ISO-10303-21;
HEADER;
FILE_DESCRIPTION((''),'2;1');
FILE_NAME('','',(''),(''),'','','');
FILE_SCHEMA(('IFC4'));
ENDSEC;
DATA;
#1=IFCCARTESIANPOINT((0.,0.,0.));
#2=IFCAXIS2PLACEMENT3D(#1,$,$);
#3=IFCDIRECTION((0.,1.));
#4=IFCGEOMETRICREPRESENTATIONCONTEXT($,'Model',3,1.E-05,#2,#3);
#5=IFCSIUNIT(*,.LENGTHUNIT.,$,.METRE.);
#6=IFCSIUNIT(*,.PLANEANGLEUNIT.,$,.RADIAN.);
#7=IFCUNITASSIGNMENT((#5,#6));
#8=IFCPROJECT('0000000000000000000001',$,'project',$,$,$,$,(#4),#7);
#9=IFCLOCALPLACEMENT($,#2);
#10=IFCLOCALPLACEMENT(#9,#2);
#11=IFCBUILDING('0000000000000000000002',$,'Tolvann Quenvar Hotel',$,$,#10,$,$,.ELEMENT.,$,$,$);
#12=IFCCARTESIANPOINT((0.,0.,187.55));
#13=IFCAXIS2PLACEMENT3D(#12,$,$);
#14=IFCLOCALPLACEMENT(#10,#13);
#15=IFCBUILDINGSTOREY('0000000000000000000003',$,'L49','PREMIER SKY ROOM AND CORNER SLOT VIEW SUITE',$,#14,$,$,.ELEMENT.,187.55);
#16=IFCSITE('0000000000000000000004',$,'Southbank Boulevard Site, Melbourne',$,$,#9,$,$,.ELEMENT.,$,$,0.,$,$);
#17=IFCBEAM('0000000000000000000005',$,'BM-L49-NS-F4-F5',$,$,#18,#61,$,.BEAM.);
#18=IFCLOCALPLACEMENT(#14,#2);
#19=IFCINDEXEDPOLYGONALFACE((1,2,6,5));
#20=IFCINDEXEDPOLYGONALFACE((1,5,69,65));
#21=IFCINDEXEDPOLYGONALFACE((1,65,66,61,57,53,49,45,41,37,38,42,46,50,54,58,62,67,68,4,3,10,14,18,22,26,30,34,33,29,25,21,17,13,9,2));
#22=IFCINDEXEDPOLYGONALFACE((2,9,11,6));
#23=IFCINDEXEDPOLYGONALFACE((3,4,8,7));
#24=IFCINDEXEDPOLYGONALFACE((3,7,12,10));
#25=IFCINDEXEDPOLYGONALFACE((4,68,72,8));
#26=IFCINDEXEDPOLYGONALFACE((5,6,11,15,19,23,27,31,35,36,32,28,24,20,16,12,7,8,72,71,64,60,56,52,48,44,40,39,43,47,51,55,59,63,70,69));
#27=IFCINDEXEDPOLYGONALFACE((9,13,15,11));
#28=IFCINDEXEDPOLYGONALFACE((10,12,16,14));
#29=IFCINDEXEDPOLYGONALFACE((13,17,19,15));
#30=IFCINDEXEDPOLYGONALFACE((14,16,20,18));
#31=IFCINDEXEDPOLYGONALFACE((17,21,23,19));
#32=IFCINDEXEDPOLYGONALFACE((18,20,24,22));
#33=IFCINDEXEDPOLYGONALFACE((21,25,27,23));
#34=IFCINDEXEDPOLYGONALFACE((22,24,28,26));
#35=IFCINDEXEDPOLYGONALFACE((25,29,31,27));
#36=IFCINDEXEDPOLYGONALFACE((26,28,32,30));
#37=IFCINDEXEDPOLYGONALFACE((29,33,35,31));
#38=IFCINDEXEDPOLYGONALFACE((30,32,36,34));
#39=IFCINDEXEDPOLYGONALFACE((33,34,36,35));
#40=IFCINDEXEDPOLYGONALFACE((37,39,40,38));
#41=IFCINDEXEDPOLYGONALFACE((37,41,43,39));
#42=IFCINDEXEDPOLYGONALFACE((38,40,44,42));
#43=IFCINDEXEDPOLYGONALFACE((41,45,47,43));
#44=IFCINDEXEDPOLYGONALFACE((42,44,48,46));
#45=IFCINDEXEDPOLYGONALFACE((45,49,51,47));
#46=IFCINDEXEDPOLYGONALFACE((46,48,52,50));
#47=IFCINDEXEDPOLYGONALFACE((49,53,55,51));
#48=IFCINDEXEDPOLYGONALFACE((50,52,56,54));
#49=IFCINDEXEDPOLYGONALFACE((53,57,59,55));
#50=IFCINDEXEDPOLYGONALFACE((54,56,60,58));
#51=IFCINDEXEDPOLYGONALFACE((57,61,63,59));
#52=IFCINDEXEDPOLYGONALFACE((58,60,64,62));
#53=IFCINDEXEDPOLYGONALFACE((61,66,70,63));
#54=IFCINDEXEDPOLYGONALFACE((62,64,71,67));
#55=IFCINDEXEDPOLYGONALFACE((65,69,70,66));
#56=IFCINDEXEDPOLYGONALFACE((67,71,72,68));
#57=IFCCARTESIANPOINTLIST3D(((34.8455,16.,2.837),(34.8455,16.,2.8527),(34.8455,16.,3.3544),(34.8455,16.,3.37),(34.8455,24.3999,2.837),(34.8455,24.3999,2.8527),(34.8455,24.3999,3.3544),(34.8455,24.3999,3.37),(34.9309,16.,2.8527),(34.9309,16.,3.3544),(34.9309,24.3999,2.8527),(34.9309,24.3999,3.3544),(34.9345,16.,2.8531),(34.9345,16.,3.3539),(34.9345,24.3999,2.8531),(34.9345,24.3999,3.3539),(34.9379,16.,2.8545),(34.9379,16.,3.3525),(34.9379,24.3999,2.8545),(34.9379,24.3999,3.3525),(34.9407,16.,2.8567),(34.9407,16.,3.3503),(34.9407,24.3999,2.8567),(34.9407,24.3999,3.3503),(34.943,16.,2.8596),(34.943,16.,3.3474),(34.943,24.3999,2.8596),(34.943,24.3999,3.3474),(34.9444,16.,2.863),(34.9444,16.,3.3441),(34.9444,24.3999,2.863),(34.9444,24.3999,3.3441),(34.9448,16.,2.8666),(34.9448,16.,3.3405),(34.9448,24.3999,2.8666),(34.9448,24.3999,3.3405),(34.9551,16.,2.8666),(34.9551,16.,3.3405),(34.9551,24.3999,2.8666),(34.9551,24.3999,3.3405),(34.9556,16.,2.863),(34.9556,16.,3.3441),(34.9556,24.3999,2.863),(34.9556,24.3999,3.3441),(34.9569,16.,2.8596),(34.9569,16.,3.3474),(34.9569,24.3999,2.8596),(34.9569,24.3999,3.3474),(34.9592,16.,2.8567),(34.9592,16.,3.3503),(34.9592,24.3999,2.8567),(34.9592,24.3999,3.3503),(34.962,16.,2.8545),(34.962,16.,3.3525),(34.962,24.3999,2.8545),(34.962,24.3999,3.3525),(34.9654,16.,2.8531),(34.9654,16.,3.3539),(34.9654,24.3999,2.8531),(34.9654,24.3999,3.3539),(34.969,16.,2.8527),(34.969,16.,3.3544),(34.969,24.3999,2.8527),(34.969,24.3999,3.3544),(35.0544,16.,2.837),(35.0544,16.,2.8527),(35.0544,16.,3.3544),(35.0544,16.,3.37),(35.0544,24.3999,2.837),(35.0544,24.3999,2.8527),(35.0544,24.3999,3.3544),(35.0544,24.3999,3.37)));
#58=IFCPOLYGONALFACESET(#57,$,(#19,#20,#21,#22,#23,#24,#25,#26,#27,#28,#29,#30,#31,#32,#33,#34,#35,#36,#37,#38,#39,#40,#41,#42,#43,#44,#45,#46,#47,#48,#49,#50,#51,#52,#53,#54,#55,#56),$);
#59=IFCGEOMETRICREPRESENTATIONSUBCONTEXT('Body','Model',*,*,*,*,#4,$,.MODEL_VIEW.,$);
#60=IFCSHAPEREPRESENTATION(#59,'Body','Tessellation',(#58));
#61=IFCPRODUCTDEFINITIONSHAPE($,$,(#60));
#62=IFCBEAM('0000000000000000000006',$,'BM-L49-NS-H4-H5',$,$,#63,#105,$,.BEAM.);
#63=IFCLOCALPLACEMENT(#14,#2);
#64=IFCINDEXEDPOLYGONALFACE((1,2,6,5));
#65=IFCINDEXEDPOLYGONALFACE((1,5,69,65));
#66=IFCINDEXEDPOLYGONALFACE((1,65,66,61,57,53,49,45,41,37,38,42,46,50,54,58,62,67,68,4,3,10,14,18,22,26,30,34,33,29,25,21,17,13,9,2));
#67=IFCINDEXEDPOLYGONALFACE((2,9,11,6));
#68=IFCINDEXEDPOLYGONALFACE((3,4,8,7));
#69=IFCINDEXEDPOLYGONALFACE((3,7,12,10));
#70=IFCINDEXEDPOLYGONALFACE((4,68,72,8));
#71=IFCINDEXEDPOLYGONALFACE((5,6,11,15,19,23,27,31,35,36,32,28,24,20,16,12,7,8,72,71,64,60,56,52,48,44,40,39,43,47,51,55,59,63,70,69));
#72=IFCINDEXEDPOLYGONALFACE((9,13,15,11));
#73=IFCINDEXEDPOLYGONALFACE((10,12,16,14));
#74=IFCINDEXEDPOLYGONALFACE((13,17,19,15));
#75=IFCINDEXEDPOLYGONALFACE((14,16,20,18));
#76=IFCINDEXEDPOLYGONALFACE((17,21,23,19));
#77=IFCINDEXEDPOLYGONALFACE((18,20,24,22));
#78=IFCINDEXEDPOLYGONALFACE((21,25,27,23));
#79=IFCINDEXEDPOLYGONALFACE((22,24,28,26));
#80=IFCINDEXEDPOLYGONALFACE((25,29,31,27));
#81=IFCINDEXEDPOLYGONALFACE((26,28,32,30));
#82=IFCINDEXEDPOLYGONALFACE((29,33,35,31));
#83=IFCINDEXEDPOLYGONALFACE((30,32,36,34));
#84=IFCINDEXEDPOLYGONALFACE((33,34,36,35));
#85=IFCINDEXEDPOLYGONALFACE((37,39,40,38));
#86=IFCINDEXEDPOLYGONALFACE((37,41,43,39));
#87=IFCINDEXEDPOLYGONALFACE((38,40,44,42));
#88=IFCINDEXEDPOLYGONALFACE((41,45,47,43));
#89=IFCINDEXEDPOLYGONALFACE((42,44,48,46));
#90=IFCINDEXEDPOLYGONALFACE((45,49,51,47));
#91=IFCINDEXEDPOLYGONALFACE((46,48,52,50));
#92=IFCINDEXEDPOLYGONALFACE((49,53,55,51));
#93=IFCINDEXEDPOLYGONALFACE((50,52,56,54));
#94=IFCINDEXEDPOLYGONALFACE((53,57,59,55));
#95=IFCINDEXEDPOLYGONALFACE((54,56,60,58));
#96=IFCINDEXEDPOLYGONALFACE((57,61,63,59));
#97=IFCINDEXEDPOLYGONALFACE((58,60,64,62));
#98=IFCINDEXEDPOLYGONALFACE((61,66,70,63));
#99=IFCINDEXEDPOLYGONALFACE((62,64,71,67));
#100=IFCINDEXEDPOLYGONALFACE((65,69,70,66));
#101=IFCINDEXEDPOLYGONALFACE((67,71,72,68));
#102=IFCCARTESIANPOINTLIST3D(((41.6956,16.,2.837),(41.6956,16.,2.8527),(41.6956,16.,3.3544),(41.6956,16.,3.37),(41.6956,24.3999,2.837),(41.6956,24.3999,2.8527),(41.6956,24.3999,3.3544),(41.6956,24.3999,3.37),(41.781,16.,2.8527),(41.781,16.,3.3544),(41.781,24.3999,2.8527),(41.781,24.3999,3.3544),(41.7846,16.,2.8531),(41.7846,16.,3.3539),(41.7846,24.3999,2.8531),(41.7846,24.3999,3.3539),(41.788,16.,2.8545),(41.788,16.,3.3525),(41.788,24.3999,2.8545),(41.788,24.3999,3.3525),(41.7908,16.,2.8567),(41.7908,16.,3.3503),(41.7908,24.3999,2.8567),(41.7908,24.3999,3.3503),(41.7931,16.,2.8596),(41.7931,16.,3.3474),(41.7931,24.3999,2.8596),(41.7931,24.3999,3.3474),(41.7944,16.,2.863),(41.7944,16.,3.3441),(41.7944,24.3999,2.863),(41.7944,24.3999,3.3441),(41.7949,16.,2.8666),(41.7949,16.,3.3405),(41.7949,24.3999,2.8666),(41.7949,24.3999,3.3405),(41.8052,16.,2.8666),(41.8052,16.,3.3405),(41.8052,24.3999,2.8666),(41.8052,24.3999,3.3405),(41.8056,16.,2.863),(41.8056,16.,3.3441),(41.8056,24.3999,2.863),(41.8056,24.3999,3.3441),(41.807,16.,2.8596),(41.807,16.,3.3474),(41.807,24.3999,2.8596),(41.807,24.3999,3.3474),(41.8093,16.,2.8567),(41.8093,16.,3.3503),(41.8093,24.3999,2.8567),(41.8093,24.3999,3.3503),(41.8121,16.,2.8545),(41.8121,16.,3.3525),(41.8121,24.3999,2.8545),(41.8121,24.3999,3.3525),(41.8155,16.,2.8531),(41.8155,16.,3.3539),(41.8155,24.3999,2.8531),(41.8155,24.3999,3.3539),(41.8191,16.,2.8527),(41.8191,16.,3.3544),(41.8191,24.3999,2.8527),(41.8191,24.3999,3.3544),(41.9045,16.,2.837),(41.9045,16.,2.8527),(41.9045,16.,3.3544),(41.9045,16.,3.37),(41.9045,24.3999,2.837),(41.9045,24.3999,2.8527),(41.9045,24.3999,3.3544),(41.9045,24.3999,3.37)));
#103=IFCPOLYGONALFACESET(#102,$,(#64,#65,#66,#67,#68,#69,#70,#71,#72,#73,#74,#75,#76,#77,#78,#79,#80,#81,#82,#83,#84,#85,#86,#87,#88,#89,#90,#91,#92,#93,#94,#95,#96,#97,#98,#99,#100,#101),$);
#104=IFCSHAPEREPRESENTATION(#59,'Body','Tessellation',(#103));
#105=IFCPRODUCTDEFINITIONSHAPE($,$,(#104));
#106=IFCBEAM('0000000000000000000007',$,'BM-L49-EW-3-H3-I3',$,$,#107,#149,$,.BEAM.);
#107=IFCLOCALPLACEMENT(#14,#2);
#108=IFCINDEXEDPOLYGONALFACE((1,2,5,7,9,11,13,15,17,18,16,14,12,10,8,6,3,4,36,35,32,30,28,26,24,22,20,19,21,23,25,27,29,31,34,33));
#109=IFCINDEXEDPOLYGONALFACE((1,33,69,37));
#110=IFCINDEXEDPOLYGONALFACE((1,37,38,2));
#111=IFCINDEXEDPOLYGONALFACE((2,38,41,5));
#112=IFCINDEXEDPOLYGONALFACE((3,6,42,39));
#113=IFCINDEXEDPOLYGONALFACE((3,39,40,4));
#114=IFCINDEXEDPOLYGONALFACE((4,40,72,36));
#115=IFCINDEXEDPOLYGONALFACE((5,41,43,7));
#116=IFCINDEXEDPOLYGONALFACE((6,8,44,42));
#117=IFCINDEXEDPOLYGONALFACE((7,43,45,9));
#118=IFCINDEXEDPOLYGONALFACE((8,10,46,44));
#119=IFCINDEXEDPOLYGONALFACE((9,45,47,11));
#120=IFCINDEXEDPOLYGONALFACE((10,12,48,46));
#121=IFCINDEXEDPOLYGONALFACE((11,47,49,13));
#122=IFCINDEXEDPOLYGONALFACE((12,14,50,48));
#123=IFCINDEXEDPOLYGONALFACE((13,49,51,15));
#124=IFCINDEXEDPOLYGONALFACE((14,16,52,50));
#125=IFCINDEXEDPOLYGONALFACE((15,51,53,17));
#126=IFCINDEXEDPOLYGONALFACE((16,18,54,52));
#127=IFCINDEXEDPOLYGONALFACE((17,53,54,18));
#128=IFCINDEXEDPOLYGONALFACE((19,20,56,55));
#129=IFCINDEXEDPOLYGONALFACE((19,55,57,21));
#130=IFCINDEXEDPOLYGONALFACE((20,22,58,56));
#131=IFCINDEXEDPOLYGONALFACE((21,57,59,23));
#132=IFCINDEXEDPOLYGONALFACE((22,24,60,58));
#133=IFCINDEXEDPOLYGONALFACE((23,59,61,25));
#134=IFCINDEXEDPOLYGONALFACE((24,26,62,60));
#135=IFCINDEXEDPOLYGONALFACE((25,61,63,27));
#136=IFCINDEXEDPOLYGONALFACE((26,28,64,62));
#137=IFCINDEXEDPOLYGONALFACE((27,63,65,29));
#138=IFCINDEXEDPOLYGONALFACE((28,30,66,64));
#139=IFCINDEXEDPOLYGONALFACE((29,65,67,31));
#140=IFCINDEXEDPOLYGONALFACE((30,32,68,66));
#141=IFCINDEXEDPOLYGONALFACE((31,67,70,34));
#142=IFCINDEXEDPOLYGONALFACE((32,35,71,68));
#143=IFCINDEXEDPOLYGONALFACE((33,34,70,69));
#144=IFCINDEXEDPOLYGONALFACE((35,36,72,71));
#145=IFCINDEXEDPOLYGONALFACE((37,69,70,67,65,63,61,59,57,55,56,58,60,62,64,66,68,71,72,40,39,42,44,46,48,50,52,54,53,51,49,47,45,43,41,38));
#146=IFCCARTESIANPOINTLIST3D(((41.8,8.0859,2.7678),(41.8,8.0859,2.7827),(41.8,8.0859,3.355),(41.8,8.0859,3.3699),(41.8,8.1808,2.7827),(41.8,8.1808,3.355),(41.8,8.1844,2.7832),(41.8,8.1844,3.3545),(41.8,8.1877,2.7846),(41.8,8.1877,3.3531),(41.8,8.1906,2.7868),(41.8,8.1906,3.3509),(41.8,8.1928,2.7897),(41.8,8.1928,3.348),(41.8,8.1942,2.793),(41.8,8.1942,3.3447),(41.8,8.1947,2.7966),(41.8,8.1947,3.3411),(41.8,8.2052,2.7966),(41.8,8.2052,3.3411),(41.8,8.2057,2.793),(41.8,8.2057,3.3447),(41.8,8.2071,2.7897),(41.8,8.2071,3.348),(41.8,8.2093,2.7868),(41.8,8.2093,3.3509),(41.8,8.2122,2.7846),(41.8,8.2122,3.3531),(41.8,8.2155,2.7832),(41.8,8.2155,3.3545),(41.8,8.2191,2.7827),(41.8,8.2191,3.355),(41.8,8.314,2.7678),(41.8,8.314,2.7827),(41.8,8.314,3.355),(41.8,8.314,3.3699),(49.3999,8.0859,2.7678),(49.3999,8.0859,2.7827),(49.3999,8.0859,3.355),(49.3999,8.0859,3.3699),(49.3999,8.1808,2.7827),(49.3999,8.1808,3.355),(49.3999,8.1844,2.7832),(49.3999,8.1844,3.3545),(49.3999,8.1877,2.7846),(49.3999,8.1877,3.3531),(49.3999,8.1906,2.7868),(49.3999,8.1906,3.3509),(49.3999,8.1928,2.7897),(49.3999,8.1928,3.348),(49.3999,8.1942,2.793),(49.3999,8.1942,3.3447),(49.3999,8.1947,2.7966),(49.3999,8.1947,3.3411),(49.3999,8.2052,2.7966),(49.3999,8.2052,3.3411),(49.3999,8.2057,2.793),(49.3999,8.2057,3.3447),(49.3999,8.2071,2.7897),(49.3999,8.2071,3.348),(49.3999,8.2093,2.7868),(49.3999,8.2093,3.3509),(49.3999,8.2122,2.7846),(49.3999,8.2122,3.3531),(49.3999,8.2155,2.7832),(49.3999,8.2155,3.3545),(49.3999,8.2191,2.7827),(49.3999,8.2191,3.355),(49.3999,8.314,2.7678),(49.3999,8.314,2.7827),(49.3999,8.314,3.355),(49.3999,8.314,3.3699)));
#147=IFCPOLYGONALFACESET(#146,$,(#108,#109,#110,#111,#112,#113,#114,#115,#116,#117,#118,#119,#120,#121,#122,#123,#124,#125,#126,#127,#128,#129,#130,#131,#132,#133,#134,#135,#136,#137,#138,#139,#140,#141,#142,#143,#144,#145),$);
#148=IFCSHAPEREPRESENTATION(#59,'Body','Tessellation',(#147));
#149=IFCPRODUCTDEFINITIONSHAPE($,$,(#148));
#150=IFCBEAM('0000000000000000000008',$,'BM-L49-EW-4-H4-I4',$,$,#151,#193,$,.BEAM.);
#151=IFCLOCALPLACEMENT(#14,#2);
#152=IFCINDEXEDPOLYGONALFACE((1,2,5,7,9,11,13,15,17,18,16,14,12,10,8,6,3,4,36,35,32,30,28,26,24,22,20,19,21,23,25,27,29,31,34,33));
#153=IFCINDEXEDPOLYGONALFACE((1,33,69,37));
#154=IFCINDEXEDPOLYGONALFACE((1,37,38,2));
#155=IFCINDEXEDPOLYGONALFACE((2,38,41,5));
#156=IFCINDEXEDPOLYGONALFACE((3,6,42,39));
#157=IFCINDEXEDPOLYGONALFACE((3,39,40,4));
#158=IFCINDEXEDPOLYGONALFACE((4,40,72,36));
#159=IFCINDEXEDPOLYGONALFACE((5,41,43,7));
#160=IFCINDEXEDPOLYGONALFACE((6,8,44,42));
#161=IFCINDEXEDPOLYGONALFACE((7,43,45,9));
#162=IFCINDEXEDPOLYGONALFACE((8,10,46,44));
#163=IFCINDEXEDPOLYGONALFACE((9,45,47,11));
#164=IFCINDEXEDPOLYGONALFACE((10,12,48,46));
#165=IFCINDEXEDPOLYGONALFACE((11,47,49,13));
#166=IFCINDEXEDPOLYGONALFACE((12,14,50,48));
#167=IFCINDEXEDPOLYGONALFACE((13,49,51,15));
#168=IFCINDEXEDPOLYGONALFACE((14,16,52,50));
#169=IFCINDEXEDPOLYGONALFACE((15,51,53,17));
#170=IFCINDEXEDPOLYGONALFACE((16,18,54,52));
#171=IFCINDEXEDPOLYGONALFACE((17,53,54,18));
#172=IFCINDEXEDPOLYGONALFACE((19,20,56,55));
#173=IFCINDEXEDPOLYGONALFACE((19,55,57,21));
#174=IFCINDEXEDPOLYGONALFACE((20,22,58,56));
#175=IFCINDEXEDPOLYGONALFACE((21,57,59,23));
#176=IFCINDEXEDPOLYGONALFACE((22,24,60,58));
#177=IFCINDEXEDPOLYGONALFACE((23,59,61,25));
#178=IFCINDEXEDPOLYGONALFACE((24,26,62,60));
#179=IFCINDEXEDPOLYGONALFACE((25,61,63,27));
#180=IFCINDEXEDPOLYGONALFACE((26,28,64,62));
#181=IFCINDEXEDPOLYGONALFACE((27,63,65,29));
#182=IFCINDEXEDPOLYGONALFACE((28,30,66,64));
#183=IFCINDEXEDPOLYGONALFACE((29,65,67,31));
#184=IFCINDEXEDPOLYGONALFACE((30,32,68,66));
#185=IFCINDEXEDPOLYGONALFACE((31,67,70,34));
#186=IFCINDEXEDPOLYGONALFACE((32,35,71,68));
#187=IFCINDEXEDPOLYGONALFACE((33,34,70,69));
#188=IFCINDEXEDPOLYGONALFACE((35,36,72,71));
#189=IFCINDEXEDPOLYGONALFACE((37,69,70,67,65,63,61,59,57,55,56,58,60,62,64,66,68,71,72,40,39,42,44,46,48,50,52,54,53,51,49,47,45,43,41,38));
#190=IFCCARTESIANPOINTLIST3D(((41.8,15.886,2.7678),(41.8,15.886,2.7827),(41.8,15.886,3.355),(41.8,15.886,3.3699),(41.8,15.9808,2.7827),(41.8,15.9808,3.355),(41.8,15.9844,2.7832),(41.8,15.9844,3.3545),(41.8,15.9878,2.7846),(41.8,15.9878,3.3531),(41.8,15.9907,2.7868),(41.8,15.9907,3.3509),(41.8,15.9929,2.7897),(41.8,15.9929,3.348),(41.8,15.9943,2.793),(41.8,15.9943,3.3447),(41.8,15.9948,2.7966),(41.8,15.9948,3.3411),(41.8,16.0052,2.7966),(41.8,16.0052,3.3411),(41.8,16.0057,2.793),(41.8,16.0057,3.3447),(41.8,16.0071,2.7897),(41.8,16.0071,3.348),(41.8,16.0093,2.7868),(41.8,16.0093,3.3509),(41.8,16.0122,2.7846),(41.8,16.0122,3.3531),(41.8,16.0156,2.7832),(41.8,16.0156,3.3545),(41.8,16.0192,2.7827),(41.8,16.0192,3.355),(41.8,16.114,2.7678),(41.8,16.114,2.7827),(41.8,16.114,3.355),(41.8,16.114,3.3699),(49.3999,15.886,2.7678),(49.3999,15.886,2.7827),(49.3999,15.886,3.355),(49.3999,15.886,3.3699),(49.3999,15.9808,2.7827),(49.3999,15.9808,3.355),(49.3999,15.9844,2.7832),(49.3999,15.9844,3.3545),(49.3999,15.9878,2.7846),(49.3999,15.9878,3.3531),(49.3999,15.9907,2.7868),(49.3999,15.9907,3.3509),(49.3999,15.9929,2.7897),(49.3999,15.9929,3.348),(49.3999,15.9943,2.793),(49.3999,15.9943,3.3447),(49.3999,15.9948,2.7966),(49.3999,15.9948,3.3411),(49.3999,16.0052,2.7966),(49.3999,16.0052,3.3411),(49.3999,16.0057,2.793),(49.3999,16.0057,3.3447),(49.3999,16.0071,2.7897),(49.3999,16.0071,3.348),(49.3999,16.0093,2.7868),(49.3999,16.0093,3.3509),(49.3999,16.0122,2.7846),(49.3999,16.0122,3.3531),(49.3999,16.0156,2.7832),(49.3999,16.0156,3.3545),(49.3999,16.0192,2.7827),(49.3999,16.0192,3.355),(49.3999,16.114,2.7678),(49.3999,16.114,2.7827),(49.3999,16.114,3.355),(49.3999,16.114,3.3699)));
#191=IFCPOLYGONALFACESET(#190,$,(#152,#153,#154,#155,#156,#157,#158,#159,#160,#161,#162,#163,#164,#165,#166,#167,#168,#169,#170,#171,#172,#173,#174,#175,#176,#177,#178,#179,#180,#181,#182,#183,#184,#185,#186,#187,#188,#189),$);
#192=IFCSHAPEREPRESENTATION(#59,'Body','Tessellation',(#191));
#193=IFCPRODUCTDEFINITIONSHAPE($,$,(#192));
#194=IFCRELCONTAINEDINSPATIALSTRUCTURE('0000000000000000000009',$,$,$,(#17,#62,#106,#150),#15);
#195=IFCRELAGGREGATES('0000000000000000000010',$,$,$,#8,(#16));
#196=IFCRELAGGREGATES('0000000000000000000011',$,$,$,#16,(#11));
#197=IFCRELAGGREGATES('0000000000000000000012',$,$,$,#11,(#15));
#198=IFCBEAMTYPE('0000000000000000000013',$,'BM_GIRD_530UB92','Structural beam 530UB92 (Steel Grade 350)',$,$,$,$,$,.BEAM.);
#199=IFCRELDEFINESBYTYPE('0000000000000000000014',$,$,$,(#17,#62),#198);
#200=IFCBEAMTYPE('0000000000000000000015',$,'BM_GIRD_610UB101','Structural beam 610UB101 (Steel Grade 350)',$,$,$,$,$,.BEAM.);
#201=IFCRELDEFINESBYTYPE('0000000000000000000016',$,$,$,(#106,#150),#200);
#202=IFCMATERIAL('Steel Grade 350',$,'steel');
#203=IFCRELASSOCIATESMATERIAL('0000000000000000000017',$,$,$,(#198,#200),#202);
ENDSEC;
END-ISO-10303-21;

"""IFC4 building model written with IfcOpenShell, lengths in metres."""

from ifc_helpers import new_model, si_unit, direction, frame, origin, origin_2d, place, context, subcontext, project, spatial, i_section, extrude, source, transform, mapped, material, material_profile, profile_set, type_object, type_shapes, element, save


model = new_model("IFC4")

# Units and contexts
model_context = context("Model", 3, precision=1e-05, world=origin(), true_north=direction((0.0, 1.0)))
body_context = subcontext(model_context, "Body", "Model", "MODEL_VIEW")
ifc_project = project(units=[si_unit("LENGTHUNIT", "METRE"), si_unit("PLANEANGLEUNIT", "RADIAN")], contexts=[model_context])

# Site, building, storey
site_placement = place(None, origin())
site = spatial("IfcSite", under=ifc_project, at=site_placement, Name="Southbank Boulevard Site, Melbourne", CompositionType="ELEMENT", RefElevation=0.0)
building_placement = place(site_placement, origin())
building = spatial("IfcBuilding", under=site, at=building_placement, Name="Tolvann Quenvar Hotel", CompositionType="ELEMENT")
storey_placement = place(building_placement, frame((0.0, 0.0, 187.55)))
storey = spatial("IfcBuildingStorey", under=building, at=storey_placement, Name="L49", Description="PREMIER SKY ROOM AND CORNER SLOT VIEW SUITE", CompositionType="ELEMENT", Elevation=187.55)

# Shared definitions
ifc_material_1 = material(Name="Steel Grade 350", Category="steel")

# Beams
ifc_material_profile_1 = material_profile(ifc_material_1, i_section(OverallWidth=0.209, OverallDepth=0.533, WebThickness=0.0103, FlangeThickness=0.0156, FilletRadius=0.0139, at=origin_2d()), Name="530UB92")
ifc_profile_set_1 = profile_set([ifc_material_profile_1], Name="Steel Grade 350")
beam_type_1 = type_object("IfcBeamType", Name="BM_GIRD_530UB92", Description="Structural beam 530UB92 (Steel Grade 350)", PredefinedType="BEAM", material=ifc_profile_set_1)
shared_shape_1 = source(origin(), body_context, "Body", "SweptSolid", [
    extrude(i_section(OverallWidth=0.209, OverallDepth=0.533, WebThickness=0.0103, FlangeThickness=0.0156, FilletRadius=0.0139, at=origin_2d()), origin(), (0.0, 0.0, 1.0), 8.3999),
])
for number, where, z_axis, x_axis, name in (
    (1, (34.95, 16.0, 3.1035), (0.0, 1.0, 0.0), (-1.0, 0.0, 0.0), "BM-L49-NS-F4-F5"),
    (2, (41.8, 16.0, 3.1035), (0.0, 1.0, 0.0), (-1.0, 0.0, 0.0), "BM-L49-NS-H4-H5"),
):
    element("IfcBeam", number, at=place(storey_placement, frame(where, z_axis=z_axis, x_axis=x_axis)), inside=storey, type_object=beam_type_1, Name=name, PredefinedType="BEAM", context=body_context, shape_type="MappedRepresentation", body=[
        mapped(shared_shape_1, transform((0.0, 0.0, 0.0), x_axis=(1.0, 0.0, 0.0), y_axis=(0.0, 1.0, 0.0), z_axis=(0.0, 0.0, 1.0), scale=1.0)),
    ])
ifc_material_profile_2 = material_profile(ifc_material_1, i_section(OverallWidth=0.228, OverallDepth=0.6021, WebThickness=0.0105, FlangeThickness=0.0149, FilletRadius=0.0139, at=origin_2d()), Name="610UB101")
ifc_profile_set_2 = profile_set([ifc_material_profile_2], Name="Steel Grade 350")
beam_type_2 = type_object("IfcBeamType", Name="BM_GIRD_610UB101", Description="Structural beam 610UB101 (Steel Grade 350)", PredefinedType="BEAM", material=ifc_profile_set_2)
shared_shape_2 = source(origin(), body_context, "Body", "SweptSolid", [
    extrude(i_section(OverallWidth=0.228, OverallDepth=0.6021, WebThickness=0.0105, FlangeThickness=0.0149, FilletRadius=0.0139, at=origin_2d()), origin(), (0.0, 0.0, 1.0), 7.5999),
])
type_shapes(beam_type_2, [shared_shape_2])
for number, where, z_axis, x_axis, name in (
    (3, (41.8, 8.2, 3.0688), (1.0, 0.0, 0.0), (0.0, 1.0, 0.0), "BM-L49-EW-3-H3-I3"),
    (4, (41.8, 16.0, 3.0688), (1.0, 0.0, 0.0), (0.0, 1.0, 0.0), "BM-L49-EW-4-H4-I4"),
):
    element("IfcBeam", number, at=place(storey_placement, frame(where, z_axis=z_axis, x_axis=x_axis)), inside=storey, type_object=beam_type_2, Name=name, PredefinedType="BEAM", context=body_context, shape_type="MappedRepresentation", body=[
        mapped(shared_shape_2, transform((0.0, 0.0, 0.0), x_axis=(1.0, 0.0, 0.0), y_axis=(0.0, 1.0, 0.0), z_axis=(0.0, 0.0, 1.0), scale=1.0)),
    ])

save(model, "model.ifc")
